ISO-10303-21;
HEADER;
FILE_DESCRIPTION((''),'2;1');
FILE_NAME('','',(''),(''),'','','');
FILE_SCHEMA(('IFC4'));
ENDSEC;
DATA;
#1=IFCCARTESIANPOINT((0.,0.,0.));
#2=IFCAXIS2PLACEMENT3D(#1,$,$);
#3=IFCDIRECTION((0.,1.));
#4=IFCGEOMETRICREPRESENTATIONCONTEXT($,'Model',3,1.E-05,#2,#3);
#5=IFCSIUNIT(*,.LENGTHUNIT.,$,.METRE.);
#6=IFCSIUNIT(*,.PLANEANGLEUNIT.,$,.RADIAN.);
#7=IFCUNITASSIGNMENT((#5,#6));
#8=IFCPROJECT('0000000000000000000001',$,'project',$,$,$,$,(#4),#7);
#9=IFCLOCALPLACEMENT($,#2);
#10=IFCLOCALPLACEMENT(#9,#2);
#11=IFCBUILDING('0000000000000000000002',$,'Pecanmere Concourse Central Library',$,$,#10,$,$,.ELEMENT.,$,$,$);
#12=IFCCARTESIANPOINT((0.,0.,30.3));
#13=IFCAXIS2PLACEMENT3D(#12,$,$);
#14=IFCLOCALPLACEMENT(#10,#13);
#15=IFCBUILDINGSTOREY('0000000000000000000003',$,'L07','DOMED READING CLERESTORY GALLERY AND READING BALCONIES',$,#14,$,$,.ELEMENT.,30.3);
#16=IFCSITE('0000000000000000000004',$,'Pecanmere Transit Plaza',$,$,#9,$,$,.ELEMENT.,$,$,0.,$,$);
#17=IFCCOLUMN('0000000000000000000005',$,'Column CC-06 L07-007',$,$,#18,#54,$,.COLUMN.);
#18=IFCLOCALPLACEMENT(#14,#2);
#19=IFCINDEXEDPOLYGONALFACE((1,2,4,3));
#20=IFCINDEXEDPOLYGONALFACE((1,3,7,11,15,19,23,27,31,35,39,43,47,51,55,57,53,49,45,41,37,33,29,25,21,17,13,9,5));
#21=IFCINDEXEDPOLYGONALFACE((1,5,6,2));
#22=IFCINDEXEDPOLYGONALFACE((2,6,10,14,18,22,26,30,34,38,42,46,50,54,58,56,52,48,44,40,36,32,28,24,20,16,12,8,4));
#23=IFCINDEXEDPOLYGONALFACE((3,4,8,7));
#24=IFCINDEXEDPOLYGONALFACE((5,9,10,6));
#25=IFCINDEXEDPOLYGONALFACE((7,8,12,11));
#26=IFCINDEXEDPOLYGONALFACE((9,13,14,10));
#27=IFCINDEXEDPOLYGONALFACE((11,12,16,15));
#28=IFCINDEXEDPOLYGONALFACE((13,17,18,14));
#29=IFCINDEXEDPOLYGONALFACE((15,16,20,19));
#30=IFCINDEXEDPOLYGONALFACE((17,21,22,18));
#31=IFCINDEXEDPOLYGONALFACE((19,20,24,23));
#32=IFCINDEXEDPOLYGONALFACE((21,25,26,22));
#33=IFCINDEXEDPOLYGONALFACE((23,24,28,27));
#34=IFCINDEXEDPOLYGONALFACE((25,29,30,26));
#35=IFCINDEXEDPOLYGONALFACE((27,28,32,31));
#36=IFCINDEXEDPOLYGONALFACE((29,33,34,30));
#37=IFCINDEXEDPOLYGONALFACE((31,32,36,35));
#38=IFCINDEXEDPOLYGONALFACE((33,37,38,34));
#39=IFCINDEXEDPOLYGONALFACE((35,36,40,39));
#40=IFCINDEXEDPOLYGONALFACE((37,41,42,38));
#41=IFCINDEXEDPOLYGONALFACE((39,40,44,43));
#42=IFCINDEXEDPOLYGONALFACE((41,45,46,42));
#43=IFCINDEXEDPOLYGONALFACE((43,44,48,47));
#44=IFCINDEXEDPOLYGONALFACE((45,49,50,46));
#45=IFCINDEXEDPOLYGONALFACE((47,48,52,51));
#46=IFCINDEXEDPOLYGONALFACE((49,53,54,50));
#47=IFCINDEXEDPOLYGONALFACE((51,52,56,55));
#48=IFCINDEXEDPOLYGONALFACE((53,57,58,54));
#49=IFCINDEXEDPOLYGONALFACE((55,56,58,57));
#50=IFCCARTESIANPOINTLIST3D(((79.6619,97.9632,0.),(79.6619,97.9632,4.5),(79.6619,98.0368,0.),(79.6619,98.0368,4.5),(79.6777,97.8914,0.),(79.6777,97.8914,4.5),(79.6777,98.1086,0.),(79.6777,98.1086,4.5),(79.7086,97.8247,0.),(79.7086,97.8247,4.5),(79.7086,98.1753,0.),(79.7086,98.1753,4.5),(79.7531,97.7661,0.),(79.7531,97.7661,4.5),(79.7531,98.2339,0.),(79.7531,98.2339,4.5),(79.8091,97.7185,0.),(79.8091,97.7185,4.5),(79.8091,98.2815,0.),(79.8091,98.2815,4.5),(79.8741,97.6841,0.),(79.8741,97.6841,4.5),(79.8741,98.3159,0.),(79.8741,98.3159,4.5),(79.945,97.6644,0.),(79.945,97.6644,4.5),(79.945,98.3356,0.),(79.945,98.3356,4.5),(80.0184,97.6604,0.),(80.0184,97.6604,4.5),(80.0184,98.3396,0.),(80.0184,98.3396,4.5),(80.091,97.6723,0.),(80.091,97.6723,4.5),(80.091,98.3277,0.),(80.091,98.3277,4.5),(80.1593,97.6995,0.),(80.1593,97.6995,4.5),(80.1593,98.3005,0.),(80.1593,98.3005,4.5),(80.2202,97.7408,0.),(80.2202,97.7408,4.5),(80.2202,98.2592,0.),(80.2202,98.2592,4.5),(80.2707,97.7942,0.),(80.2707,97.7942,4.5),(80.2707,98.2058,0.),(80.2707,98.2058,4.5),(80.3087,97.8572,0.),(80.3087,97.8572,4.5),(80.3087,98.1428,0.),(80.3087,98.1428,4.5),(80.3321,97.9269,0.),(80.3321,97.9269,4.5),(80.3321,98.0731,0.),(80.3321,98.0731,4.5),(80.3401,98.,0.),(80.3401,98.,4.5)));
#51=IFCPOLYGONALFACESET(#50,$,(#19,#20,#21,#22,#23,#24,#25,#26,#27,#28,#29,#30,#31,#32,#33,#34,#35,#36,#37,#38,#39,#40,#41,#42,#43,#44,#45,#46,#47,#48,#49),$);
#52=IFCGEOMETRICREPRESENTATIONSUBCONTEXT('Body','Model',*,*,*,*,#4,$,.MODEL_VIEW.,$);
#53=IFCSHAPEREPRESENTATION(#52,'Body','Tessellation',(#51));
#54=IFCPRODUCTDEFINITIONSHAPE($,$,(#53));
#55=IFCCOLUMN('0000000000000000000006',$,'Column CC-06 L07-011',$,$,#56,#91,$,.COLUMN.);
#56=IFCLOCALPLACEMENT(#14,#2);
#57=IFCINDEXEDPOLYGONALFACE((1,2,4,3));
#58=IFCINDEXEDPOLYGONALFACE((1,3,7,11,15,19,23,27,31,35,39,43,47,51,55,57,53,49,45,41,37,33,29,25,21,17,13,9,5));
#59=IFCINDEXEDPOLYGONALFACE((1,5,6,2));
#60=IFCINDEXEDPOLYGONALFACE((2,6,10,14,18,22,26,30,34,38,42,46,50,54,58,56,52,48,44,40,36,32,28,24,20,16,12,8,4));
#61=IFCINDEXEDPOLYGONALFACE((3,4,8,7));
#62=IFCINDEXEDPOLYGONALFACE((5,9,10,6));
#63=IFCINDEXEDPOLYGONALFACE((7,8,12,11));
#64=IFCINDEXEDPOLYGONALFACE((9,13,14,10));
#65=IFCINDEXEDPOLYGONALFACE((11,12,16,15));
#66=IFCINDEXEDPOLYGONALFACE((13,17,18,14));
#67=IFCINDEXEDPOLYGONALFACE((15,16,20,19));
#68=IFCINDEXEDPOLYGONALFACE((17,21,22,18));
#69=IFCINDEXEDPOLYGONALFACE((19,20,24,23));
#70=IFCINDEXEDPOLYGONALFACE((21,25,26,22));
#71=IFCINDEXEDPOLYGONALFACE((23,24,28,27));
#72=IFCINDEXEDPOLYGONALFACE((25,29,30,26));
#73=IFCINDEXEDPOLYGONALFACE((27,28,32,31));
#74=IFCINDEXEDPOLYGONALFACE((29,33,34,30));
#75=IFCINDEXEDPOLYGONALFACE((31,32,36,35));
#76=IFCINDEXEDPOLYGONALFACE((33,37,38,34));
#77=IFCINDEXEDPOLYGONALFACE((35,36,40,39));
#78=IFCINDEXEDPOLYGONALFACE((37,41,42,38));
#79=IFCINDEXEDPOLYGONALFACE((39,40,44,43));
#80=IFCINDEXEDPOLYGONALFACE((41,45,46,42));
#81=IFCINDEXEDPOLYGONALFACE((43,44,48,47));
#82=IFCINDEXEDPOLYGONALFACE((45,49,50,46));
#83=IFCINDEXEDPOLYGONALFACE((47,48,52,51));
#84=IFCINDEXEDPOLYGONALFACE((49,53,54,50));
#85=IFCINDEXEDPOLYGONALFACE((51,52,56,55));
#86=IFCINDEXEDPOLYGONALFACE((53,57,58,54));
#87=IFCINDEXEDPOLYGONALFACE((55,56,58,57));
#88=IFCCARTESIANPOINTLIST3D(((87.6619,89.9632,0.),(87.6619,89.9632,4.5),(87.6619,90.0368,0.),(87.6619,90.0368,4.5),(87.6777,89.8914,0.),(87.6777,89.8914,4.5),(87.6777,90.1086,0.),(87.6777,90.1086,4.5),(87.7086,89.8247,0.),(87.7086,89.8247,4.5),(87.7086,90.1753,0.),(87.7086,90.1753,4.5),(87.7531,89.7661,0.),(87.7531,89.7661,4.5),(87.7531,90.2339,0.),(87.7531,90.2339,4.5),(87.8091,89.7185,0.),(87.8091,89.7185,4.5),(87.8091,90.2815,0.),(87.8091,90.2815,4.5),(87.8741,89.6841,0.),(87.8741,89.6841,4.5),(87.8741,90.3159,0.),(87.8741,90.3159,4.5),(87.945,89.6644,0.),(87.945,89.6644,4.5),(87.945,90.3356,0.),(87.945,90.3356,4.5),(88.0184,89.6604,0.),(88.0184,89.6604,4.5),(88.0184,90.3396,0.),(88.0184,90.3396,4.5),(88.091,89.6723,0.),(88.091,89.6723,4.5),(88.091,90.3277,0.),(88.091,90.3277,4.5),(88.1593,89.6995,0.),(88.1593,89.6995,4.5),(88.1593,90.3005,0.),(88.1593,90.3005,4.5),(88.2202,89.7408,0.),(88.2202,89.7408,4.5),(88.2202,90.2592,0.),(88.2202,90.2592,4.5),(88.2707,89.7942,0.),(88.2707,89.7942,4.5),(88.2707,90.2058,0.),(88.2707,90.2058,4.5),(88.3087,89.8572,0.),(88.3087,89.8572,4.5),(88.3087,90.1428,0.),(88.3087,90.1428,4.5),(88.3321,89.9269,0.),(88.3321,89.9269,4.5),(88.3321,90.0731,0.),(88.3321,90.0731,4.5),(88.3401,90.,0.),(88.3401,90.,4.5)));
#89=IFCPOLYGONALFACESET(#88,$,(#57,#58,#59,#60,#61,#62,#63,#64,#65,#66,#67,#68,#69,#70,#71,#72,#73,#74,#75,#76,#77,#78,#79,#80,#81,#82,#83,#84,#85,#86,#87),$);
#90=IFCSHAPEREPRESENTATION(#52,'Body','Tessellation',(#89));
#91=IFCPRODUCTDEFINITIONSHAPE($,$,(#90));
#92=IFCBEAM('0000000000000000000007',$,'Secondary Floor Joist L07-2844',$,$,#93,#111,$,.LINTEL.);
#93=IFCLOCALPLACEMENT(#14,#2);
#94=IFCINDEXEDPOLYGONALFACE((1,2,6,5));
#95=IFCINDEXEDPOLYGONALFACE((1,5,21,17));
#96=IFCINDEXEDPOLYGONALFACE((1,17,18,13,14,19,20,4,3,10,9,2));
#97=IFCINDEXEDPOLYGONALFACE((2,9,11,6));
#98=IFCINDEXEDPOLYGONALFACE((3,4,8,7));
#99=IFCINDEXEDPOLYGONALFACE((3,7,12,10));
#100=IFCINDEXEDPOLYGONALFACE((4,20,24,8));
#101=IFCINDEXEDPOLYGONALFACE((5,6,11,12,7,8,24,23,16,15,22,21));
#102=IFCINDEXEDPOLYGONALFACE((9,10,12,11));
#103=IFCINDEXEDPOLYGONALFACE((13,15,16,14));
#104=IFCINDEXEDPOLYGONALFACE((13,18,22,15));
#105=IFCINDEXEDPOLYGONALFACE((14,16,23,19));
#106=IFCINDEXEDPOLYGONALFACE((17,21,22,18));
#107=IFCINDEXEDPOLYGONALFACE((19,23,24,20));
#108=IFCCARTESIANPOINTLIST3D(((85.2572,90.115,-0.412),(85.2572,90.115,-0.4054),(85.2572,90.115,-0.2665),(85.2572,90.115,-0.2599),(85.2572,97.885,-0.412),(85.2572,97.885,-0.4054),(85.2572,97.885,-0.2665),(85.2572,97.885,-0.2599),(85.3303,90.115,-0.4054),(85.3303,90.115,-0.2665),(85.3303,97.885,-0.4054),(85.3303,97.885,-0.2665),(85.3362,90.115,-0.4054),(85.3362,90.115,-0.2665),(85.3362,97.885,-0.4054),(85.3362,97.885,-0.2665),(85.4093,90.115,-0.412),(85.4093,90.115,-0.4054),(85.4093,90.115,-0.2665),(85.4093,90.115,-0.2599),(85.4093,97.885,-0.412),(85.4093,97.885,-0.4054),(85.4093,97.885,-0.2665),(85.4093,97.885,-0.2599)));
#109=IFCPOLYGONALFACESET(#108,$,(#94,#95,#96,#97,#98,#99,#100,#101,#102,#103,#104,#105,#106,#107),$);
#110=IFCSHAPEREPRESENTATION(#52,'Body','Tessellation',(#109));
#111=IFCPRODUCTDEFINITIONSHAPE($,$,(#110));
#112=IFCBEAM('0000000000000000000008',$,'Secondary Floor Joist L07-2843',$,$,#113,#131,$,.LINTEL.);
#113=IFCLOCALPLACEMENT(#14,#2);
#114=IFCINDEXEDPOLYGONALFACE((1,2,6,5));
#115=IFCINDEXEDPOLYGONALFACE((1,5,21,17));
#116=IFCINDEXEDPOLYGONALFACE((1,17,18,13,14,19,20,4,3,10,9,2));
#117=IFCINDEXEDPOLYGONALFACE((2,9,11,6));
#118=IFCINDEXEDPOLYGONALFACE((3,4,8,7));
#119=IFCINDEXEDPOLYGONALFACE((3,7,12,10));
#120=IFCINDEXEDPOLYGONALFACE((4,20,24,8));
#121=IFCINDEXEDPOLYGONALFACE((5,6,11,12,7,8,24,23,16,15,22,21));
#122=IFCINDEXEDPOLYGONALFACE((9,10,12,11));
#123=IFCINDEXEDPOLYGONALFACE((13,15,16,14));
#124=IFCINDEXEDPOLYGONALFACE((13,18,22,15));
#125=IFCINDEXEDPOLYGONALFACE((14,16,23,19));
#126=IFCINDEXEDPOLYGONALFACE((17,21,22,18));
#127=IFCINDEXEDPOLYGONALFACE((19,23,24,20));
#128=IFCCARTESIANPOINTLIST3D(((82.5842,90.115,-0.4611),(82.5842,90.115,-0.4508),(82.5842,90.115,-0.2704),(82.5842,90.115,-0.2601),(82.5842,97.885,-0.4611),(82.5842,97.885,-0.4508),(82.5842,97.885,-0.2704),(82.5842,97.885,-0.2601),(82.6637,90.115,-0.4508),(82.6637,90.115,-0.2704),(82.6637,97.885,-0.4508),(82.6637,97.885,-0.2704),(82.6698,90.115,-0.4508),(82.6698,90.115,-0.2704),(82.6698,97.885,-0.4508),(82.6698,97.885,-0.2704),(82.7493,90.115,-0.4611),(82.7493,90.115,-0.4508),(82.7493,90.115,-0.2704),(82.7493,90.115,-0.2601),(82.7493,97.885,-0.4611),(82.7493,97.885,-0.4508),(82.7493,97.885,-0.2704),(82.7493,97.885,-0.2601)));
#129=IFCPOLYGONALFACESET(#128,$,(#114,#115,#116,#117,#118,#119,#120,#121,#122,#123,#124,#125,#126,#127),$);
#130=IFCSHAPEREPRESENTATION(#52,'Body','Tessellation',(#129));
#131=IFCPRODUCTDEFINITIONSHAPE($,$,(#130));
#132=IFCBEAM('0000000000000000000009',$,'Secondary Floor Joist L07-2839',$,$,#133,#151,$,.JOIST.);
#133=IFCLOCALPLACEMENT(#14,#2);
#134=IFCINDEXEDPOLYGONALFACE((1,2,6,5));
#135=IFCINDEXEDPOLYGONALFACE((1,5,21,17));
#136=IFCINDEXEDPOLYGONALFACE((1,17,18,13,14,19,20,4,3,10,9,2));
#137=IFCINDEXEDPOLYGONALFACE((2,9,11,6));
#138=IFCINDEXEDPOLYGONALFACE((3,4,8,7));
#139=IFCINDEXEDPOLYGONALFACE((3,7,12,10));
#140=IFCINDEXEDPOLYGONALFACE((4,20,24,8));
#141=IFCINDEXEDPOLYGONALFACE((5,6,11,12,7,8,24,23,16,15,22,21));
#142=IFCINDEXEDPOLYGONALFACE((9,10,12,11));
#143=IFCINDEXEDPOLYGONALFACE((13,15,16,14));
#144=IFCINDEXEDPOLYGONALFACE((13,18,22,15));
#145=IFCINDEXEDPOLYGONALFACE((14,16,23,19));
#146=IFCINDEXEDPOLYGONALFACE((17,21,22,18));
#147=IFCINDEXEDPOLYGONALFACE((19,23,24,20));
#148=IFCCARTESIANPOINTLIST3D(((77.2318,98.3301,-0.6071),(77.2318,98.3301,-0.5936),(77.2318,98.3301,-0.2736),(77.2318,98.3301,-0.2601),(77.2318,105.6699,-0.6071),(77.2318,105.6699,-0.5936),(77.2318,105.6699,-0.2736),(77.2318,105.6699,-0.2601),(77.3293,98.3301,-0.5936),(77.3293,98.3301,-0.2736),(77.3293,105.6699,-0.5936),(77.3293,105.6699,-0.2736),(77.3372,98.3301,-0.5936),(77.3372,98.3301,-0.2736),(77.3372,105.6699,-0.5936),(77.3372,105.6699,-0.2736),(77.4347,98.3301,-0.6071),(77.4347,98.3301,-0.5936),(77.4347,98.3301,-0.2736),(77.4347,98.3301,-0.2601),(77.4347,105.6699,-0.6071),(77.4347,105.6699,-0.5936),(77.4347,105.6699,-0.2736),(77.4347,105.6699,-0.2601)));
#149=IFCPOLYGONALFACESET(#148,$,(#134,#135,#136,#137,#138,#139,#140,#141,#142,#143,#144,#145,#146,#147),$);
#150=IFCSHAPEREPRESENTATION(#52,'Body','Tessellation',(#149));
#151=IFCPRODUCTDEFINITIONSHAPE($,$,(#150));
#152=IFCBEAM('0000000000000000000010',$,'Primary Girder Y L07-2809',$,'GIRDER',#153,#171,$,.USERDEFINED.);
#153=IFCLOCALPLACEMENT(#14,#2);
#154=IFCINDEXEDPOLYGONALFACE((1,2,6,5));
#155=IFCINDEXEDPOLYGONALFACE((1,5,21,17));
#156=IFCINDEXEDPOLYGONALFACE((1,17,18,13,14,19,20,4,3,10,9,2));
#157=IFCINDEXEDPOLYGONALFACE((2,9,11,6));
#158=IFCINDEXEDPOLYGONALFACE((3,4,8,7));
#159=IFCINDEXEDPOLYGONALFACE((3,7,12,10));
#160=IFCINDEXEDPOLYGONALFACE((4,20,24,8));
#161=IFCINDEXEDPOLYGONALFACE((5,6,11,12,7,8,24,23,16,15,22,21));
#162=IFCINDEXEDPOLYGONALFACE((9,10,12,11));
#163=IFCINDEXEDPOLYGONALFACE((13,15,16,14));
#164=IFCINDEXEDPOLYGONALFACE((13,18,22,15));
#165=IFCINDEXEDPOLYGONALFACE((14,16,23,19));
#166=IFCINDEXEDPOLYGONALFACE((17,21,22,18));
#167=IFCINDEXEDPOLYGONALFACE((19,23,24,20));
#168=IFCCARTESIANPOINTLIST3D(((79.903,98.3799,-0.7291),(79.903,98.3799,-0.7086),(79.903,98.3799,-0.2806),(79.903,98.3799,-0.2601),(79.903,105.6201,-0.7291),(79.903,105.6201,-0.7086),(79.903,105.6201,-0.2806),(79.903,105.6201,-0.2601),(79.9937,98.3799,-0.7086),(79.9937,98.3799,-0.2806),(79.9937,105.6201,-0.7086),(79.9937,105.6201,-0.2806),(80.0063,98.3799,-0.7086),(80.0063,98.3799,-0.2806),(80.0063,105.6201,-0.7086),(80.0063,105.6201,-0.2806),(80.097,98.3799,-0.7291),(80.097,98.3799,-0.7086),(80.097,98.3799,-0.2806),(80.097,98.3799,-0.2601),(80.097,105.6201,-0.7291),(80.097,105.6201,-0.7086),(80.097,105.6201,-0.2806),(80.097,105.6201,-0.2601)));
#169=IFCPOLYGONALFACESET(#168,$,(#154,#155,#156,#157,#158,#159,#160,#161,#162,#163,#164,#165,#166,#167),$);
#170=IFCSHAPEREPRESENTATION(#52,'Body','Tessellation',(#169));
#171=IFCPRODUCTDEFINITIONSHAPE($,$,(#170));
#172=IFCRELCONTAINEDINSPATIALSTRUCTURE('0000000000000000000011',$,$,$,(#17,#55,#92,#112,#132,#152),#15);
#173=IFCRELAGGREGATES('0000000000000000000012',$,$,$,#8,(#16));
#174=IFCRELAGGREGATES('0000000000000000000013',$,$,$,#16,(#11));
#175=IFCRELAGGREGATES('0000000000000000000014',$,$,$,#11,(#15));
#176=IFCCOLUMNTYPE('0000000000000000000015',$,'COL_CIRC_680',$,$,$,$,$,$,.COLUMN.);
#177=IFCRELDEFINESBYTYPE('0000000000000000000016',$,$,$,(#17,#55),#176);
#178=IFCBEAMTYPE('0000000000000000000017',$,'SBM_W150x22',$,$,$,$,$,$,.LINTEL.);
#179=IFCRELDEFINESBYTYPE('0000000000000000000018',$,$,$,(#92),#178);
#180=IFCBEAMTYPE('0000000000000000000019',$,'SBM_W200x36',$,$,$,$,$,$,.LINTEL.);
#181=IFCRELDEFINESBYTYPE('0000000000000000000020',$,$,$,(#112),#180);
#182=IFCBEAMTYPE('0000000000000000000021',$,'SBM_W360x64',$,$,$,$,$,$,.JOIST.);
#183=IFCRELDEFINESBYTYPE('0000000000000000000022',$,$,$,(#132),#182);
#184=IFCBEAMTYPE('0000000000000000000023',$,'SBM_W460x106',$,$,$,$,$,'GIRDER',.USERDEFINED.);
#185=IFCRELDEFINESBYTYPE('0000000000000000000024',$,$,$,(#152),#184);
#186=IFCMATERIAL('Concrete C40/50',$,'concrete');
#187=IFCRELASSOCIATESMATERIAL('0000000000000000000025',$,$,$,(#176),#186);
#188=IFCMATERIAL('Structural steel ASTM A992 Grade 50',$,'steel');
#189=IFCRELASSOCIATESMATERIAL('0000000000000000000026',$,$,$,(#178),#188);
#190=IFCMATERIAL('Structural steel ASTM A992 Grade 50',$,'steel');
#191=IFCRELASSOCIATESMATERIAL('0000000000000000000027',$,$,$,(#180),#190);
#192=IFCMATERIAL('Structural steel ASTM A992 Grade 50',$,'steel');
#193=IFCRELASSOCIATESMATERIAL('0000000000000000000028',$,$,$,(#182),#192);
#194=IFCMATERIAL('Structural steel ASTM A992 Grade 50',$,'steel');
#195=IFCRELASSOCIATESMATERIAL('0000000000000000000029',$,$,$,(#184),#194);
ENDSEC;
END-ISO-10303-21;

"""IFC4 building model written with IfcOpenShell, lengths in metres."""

from ifc_helpers import new_model, si_unit, direction, frame, origin, origin_2d, place, context, subcontext, project, spatial, circle, i_section, extrude, material, material_profile, profile_set, type_object, element, save


model = new_model("IFC4")

# Units and contexts
model_context = context("Model", 3, precision=1e-05, world=origin(), true_north=direction((0.0, 1.0)))
body_context = subcontext(model_context, "Body", "Model", "MODEL_VIEW")
ifc_project = project(units=[si_unit("LENGTHUNIT", "METRE"), si_unit("PLANEANGLEUNIT", "RADIAN")], contexts=[model_context])

# Site, building, storey
site_placement = place(None, origin())
site = spatial("IfcSite", under=ifc_project, at=site_placement, Name="Pecanmere Transit Plaza", CompositionType="ELEMENT", RefElevation=0.0)
building_placement = place(site_placement, origin())
building = spatial("IfcBuilding", under=site, at=building_placement, Name="Pecanmere Concourse Central Library", CompositionType="ELEMENT")
storey_placement = place(building_placement, frame((0.0, 0.0, 30.3)))
storey = spatial("IfcBuildingStorey", under=building, at=storey_placement, Name="L07", Description="DOMED READING CLERESTORY GALLERY AND READING BALCONIES", CompositionType="ELEMENT", Elevation=30.3)

# Columns
ifc_material_1 = material(Name="Concrete C40/50", Category="concrete")
ifc_material_profile_1 = material_profile(ifc_material_1, circle(Radius=0.3401, at=origin_2d()), Name="RC D680")
ifc_profile_set_1 = profile_set([ifc_material_profile_1], Name="Concrete C40/50")
column_type = type_object("IfcColumnType", Name="COL_CIRC_680", PredefinedType="COLUMN", material=ifc_profile_set_1)
for number, where, z_axis, x_axis, name in (
    (1, (80.0, 98.0, 0.0), (0.0, 0.0, 1.0), (1.0, 0.0, 0.0), "Column CC-06 L07-007"),
    (2, (88.0, 90.0, 0.0), (0.0, 0.0, 1.0), (1.0, 0.0, 0.0), "Column CC-06 L07-011"),
):
    element("IfcColumn", number, at=place(storey_placement, frame(where, z_axis=z_axis, x_axis=x_axis)), inside=storey, type_object=column_type, Name=name, PredefinedType="COLUMN", context=body_context, shape_type="SweptSolid", body=[
        extrude(circle(Radius=0.3401, at=origin_2d()), origin(), (0.0, 0.0, 1.0), 4.5),
    ])

# Beams
ifc_material_2 = material(Name="Structural steel ASTM A992 Grade 50", Category="steel")
ifc_material_profile_2 = material_profile(ifc_material_2, i_section(OverallWidth=0.1521, OverallDepth=0.1521, WebThickness=0.0059, FlangeThickness=0.0066, at=origin_2d()), Name="W150x22.5")
ifc_profile_set_2 = profile_set([ifc_material_profile_2], Name="Structural steel ASTM A992 Grade 50")
beam_type_1 = type_object("IfcBeamType", Name="SBM_W150x22", PredefinedType="LINTEL", material=ifc_profile_set_2)
beam_1_placement = place(storey_placement, frame((85.3333, 90.115, -0.3359), z_axis=(0.0, 1.0, 0.0), x_axis=(-1.0, 0.0, 0.0)))
element("IfcBeam", 3, at=beam_1_placement, inside=storey, type_object=beam_type_1, Name="Secondary Floor Joist L07-2844", PredefinedType="LINTEL", context=body_context, shape_type="SweptSolid", body=[
    extrude(i_section(OverallWidth=0.1521, OverallDepth=0.1521, WebThickness=0.0059, FlangeThickness=0.0066, at=origin_2d()), origin(), (0.0, 0.0, 1.0), 7.77),
])
ifc_material_3 = material(Name="Structural steel ASTM A992 Grade 50", Category="steel")
ifc_material_profile_3 = material_profile(ifc_material_3, i_section(OverallWidth=0.165, OverallDepth=0.2009, WebThickness=0.0061, FlangeThickness=0.0103, at=origin_2d()), Name="W200x35.9")
ifc_profile_set_3 = profile_set([ifc_material_profile_3], Name="Structural steel ASTM A992 Grade 50")
beam_type_2 = type_object("IfcBeamType", Name="SBM_W200x36", PredefinedType="LINTEL", material=ifc_profile_set_3)
beam_2_placement = place(storey_placement, frame((82.6667, 90.115, -0.3606), z_axis=(0.0, 1.0, 0.0), x_axis=(-1.0, 0.0, 0.0)))
element("IfcBeam", 4, at=beam_2_placement, inside=storey, type_object=beam_type_2, Name="Secondary Floor Joist L07-2843", PredefinedType="LINTEL", context=body_context, shape_type="SweptSolid", body=[
    extrude(i_section(OverallWidth=0.165, OverallDepth=0.2009, WebThickness=0.0061, FlangeThickness=0.0103, at=origin_2d()), origin(), (0.0, 0.0, 1.0), 7.77),
])
ifc_material_4 = material(Name="Structural steel ASTM A992 Grade 50", Category="steel")
ifc_material_profile_4 = material_profile(ifc_material_4, i_section(OverallWidth=0.2029, OverallDepth=0.3469, WebThickness=0.0078, FlangeThickness=0.0134, at=origin_2d()), Name="W360x64")
ifc_profile_set_4 = profile_set([ifc_material_profile_4], Name="Structural steel ASTM A992 Grade 50")
beam_type_3 = type_object("IfcBeamType", Name="SBM_W360x64", PredefinedType="JOIST", material=ifc_profile_set_4)
beam_3_placement = place(storey_placement, frame((77.3333, 98.3301, -0.4336), z_axis=(0.0, 1.0, 0.0), x_axis=(-1.0, 0.0, 0.0)))
element("IfcBeam", 5, at=beam_3_placement, inside=storey, type_object=beam_type_3, Name="Secondary Floor Joist L07-2839", PredefinedType="JOIST", context=body_context, shape_type="SweptSolid", body=[
    extrude(i_section(OverallWidth=0.2029, OverallDepth=0.3469, WebThickness=0.0078, FlangeThickness=0.0134, at=origin_2d()), origin(), (0.0, 0.0, 1.0), 7.3398),
])
ifc_material_5 = material(Name="Structural steel ASTM A992 Grade 50", Category="steel")
ifc_material_profile_5 = material_profile(ifc_material_5, i_section(OverallWidth=0.1941, OverallDepth=0.469, WebThickness=0.0127, FlangeThickness=0.0205, at=origin_2d()), Name="W460x106")
ifc_profile_set_5 = profile_set([ifc_material_profile_5], Name="Structural steel ASTM A992 Grade 50")
beam_type_4 = type_object("IfcBeamType", Name="SBM_W460x106", ElementType="GIRDER", PredefinedType="USERDEFINED", material=ifc_profile_set_5)
beam_4_placement = place(storey_placement, frame((80.0, 98.3799, -0.4946), z_axis=(0.0, 1.0, 0.0), x_axis=(-1.0, 0.0, 0.0)))
element("IfcBeam", 6, at=beam_4_placement, inside=storey, type_object=beam_type_4, Name="Primary Girder Y L07-2809", ObjectType="GIRDER", PredefinedType="USERDEFINED", context=body_context, shape_type="SweptSolid", body=[
    extrude(i_section(OverallWidth=0.1941, OverallDepth=0.469, WebThickness=0.0127, FlangeThickness=0.0205, at=origin_2d()), origin(), (0.0, 0.0, 1.0), 7.2402),
])

save(model, "model.ifc")
